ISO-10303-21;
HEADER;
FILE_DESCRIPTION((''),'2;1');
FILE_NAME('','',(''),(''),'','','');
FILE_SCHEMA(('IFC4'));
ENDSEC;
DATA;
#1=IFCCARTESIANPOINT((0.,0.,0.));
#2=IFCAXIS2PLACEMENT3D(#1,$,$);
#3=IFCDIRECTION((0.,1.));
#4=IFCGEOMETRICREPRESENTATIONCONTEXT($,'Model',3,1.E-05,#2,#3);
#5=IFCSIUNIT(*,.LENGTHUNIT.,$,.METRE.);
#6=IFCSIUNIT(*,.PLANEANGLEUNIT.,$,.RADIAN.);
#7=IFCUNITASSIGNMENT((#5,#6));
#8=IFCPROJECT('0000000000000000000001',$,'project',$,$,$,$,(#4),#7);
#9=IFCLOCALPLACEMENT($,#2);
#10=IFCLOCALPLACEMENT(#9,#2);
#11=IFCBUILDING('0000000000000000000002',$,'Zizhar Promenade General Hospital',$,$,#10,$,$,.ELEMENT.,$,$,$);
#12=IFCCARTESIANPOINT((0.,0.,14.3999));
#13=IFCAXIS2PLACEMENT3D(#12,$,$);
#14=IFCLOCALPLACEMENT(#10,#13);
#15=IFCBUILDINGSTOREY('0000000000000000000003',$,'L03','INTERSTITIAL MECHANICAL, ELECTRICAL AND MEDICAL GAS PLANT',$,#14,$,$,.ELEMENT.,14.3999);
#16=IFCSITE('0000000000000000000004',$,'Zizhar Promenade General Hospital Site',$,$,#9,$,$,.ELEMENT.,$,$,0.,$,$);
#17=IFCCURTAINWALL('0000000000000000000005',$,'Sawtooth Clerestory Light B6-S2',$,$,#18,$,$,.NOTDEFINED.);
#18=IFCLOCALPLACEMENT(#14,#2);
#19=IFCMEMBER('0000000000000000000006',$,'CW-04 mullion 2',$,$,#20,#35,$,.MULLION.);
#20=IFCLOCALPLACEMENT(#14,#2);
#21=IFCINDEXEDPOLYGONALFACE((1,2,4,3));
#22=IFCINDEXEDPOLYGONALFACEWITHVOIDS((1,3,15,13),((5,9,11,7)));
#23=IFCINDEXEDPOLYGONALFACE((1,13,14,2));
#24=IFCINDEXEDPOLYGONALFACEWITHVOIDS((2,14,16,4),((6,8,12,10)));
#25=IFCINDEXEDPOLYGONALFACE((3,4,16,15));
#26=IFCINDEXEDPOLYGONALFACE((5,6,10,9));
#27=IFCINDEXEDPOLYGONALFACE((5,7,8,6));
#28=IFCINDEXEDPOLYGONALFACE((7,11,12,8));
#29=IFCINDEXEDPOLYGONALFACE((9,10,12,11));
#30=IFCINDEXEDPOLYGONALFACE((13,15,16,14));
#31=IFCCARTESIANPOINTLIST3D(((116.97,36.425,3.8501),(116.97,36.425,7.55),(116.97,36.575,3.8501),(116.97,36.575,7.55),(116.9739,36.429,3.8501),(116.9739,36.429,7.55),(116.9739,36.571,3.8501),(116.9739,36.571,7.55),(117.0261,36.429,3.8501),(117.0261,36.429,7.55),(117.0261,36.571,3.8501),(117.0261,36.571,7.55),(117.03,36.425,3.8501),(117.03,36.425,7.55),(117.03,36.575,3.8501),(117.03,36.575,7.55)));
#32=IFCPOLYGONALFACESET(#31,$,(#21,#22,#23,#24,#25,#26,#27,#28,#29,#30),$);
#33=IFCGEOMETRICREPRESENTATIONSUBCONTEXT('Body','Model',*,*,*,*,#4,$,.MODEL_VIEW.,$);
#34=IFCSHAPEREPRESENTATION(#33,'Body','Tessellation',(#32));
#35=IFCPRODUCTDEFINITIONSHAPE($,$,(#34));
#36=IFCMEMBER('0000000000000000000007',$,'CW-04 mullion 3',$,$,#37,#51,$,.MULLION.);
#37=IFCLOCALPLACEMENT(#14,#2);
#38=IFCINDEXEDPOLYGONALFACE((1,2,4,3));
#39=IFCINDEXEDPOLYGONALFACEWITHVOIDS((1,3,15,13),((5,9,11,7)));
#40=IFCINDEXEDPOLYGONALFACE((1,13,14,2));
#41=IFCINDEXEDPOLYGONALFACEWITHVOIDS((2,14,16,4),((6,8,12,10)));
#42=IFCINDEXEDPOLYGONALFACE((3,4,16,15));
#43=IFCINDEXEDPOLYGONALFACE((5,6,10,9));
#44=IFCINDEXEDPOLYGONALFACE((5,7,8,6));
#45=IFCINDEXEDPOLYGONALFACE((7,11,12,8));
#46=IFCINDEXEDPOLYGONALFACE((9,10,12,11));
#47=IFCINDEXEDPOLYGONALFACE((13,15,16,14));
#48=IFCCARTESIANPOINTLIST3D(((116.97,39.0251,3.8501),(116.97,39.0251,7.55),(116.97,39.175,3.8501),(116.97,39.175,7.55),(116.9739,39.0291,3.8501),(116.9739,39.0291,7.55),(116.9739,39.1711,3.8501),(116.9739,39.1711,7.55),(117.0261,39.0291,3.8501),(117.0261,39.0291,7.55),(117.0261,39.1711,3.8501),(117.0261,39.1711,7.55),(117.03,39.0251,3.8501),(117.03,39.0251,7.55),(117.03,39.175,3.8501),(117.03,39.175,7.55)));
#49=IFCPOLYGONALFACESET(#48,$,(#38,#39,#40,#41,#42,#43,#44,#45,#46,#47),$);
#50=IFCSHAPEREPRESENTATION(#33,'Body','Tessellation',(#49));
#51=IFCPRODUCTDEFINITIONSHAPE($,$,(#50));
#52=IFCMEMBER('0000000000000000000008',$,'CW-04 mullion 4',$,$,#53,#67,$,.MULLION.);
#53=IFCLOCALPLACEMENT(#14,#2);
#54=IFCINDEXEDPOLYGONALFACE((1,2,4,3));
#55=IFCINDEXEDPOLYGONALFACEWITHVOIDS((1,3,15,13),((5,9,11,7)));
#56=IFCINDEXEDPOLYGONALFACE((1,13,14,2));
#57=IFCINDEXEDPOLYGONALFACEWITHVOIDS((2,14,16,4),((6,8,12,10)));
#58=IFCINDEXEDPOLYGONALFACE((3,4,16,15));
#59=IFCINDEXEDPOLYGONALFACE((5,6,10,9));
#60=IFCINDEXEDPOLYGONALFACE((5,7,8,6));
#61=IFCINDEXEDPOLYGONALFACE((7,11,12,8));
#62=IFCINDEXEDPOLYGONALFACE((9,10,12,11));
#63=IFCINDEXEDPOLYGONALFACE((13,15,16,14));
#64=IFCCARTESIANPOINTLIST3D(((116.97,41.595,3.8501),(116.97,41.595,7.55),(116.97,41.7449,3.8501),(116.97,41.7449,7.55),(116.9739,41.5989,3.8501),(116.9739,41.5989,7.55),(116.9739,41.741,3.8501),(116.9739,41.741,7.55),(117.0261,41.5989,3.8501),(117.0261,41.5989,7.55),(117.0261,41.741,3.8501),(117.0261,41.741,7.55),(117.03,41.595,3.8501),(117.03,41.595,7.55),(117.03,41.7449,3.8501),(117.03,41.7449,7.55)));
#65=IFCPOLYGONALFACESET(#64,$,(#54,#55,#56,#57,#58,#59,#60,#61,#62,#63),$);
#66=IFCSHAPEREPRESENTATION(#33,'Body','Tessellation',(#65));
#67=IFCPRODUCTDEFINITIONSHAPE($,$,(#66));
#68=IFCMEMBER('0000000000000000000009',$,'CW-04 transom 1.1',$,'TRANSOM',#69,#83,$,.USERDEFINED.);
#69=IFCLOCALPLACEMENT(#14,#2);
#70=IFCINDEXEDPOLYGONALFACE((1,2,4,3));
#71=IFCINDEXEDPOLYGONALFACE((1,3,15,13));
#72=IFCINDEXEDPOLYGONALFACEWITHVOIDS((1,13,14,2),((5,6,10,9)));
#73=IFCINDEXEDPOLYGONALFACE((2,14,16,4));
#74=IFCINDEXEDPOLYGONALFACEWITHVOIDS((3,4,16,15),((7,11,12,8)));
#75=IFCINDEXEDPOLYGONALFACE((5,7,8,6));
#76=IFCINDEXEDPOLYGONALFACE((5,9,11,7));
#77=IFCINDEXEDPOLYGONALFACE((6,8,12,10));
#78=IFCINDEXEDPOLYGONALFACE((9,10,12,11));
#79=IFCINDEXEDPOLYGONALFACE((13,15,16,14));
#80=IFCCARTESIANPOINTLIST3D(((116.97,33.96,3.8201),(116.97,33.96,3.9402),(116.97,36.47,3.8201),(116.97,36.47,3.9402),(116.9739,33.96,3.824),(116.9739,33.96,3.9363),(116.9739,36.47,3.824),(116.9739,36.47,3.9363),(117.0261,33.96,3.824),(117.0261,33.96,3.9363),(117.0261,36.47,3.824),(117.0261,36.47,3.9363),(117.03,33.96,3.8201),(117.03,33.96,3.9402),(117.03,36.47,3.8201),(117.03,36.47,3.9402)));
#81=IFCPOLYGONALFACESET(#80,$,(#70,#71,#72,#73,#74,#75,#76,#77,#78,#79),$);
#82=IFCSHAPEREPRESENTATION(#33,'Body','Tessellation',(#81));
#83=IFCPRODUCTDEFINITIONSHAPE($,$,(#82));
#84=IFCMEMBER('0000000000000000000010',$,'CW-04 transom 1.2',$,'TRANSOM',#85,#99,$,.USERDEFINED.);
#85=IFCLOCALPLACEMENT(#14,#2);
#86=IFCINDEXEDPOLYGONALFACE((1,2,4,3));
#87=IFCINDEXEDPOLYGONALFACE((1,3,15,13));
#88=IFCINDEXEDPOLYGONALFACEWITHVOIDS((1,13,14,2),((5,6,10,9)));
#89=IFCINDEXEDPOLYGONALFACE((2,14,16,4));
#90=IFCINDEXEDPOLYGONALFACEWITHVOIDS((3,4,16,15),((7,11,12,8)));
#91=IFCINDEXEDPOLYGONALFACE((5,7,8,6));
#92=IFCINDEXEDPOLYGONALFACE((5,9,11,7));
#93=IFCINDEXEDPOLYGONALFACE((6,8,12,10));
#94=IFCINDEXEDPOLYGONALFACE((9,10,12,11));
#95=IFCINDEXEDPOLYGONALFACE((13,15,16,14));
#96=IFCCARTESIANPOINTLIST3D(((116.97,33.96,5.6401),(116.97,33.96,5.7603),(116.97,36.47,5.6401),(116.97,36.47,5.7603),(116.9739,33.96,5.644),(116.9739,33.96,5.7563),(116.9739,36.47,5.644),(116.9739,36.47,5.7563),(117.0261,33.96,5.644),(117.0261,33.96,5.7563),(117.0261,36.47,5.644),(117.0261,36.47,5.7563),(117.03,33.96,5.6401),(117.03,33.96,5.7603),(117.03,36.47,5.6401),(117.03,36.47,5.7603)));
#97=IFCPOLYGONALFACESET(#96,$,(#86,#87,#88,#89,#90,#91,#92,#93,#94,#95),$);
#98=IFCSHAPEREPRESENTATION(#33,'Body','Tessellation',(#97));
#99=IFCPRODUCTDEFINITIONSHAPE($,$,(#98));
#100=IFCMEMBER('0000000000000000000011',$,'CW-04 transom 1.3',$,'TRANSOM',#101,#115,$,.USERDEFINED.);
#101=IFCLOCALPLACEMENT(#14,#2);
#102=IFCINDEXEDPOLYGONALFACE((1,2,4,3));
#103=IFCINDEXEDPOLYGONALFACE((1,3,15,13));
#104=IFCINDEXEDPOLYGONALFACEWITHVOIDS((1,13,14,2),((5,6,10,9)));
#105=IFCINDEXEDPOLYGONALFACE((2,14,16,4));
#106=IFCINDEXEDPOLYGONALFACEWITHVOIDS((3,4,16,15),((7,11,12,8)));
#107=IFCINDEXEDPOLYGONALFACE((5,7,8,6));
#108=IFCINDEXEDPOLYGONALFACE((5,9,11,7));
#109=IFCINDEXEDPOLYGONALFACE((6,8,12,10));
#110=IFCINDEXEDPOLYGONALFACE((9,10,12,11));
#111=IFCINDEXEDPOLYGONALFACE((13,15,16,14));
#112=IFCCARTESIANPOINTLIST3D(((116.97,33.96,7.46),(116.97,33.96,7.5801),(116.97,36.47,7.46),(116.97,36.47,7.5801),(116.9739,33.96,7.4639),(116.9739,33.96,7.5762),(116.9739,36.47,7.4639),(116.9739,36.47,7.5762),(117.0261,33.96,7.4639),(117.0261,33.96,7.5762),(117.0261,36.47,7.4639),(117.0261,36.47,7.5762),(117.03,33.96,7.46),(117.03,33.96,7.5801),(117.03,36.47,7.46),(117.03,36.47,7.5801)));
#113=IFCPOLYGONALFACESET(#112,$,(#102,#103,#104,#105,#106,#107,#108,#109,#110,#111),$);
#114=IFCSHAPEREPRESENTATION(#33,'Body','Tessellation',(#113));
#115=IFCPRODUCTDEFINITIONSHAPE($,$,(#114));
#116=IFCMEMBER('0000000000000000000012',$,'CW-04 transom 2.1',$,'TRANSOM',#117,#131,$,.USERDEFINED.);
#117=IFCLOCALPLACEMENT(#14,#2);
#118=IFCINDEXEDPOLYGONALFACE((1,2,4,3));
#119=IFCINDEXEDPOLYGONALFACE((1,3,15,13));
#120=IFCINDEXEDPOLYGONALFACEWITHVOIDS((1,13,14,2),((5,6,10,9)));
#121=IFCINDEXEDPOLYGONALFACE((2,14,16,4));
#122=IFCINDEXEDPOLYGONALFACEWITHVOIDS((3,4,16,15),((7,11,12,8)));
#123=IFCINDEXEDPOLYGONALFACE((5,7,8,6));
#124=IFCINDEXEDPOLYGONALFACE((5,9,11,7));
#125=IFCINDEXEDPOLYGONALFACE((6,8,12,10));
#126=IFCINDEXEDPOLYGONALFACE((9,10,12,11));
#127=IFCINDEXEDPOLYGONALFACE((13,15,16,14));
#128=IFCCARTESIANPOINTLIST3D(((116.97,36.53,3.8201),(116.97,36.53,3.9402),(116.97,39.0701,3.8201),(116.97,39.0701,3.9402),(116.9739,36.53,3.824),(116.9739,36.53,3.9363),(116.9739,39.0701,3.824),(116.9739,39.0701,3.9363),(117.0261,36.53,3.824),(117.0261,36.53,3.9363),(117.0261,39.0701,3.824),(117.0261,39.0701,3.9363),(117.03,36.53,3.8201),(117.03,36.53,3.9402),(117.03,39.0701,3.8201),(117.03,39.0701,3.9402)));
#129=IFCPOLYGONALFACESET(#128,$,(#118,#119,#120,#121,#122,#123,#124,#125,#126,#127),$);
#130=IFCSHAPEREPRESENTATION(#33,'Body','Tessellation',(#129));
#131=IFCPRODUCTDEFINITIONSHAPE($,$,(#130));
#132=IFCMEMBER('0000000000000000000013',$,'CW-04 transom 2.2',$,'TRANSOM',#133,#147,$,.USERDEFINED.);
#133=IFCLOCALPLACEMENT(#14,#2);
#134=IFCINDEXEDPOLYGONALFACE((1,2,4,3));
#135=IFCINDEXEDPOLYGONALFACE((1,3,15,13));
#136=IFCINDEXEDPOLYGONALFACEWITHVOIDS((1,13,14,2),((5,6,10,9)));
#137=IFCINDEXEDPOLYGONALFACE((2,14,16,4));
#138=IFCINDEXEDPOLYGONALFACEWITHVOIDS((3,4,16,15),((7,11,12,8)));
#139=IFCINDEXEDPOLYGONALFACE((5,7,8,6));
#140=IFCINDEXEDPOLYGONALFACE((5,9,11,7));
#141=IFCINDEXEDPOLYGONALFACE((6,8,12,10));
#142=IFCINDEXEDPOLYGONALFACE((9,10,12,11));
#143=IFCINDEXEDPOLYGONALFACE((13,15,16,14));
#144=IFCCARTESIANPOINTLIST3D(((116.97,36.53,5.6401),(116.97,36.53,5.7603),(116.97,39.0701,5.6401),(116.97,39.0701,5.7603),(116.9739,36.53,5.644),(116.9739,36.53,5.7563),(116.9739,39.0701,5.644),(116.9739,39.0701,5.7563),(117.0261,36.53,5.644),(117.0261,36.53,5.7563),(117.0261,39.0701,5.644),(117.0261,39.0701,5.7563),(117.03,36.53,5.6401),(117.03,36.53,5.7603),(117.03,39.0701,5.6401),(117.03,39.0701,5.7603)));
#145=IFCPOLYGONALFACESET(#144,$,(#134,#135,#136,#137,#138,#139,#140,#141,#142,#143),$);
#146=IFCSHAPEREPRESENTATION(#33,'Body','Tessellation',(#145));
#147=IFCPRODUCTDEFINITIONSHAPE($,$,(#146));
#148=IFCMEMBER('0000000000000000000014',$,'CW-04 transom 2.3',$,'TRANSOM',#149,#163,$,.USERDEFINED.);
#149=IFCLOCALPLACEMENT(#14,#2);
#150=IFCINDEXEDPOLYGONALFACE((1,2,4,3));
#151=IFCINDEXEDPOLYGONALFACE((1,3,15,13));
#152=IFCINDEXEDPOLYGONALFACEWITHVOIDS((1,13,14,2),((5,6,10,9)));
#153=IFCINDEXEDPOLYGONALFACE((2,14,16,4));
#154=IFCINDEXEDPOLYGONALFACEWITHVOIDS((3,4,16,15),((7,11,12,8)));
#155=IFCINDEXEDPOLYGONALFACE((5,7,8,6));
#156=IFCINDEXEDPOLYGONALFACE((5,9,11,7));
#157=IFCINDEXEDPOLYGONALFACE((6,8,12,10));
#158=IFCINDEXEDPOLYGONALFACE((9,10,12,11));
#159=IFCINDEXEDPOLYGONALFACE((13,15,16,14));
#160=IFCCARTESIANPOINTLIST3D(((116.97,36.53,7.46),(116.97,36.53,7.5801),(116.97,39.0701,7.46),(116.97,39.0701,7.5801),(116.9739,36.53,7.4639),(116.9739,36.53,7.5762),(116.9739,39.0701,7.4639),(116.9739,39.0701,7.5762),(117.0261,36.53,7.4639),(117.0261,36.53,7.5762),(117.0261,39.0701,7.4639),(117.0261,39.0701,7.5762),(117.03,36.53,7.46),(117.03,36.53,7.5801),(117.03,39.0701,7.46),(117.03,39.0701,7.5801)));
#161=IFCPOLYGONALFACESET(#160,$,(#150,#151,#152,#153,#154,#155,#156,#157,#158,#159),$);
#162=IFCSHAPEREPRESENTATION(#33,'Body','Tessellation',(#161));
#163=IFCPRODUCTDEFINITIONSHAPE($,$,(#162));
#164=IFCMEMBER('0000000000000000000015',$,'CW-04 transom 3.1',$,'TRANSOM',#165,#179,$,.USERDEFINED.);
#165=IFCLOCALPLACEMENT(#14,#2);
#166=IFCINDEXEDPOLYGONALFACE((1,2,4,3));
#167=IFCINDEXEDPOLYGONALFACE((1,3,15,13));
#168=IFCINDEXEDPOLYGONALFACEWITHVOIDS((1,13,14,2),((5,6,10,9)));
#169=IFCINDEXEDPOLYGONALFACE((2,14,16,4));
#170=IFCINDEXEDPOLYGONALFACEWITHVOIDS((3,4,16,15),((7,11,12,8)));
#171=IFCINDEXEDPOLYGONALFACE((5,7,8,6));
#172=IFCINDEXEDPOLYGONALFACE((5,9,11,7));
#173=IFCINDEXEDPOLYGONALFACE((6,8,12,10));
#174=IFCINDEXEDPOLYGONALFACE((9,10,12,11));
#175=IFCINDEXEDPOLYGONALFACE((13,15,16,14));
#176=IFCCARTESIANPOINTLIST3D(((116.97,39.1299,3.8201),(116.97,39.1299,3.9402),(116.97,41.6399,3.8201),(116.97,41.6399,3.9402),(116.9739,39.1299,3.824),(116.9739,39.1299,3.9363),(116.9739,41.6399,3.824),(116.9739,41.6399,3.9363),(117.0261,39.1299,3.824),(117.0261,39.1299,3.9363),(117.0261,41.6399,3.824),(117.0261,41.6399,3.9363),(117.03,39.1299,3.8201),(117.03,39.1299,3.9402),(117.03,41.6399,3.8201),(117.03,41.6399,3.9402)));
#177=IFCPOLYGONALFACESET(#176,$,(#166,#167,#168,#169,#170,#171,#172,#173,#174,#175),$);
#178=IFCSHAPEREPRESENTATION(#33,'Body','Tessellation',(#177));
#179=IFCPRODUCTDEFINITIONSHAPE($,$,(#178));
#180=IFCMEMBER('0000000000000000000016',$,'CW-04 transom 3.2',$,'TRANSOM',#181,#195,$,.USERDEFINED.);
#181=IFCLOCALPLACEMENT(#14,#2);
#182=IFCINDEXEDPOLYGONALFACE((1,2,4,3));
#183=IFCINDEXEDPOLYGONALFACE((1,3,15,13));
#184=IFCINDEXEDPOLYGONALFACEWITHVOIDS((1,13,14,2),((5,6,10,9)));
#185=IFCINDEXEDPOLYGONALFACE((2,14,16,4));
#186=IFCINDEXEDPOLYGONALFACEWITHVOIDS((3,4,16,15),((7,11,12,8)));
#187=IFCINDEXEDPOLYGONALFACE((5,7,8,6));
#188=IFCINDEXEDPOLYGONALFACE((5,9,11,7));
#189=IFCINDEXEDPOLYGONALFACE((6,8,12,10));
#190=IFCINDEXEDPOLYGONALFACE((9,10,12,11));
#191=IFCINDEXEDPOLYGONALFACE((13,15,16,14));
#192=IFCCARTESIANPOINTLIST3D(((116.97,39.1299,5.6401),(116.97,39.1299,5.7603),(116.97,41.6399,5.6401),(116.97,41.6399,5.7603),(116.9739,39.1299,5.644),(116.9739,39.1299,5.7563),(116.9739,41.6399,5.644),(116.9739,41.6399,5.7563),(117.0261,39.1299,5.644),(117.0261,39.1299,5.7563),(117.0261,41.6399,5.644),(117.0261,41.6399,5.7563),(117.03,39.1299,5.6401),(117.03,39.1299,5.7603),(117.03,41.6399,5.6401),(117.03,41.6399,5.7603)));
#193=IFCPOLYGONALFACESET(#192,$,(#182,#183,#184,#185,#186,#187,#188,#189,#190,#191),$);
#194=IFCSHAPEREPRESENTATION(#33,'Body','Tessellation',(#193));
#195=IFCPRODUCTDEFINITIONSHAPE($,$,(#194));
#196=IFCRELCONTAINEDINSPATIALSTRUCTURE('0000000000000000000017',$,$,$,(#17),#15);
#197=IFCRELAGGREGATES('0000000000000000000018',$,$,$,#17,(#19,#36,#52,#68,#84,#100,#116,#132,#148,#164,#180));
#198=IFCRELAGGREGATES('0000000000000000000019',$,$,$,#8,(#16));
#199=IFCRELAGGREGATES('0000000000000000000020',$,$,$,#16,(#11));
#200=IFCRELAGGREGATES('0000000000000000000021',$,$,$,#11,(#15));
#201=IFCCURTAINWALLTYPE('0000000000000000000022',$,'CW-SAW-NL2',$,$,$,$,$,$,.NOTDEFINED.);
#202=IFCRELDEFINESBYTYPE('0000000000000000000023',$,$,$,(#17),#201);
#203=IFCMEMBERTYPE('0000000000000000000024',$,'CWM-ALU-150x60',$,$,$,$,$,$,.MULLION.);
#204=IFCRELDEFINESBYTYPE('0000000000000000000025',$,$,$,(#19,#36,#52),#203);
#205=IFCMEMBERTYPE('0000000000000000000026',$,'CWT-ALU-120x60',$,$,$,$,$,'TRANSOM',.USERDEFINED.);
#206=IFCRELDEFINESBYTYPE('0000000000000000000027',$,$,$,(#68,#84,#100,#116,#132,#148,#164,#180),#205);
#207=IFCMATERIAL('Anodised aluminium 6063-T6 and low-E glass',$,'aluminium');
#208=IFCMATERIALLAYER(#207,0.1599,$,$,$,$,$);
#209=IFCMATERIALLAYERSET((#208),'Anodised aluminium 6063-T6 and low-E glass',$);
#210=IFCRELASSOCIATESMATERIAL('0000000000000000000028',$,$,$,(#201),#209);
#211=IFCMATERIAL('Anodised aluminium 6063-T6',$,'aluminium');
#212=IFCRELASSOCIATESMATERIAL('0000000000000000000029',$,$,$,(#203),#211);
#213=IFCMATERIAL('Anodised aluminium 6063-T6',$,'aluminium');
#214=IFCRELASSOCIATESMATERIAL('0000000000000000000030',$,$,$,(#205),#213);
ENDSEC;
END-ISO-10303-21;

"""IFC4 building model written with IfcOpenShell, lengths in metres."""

from ifc_helpers import new_model, si_unit, direction, frame, origin, origin_2d, place, context, subcontext, project, spatial, hollow_rectangle, extrude, material, layer, layer_set, material_profile, profile_set, type_object, element, aggregate, save


model = new_model("IFC4")

# Units and contexts
model_context = context("Model", 3, precision=1e-05, world=origin(), true_north=direction((0.0, 1.0)))
body_context = subcontext(model_context, "Body", "Model", "MODEL_VIEW")
ifc_project = project(units=[si_unit("LENGTHUNIT", "METRE"), si_unit("PLANEANGLEUNIT", "RADIAN")], contexts=[model_context])

# Site, building, storey
site_placement = place(None, origin())
site = spatial("IfcSite", under=ifc_project, at=site_placement, Name="Zizhar Promenade General Hospital Site", CompositionType="ELEMENT", RefElevation=0.0)
building_placement = place(site_placement, origin())
building = spatial("IfcBuilding", under=site, at=building_placement, Name="Zizhar Promenade General Hospital", CompositionType="ELEMENT")
storey_placement = place(building_placement, frame((0.0, 0.0, 14.3999)))
storey = spatial("IfcBuildingStorey", under=building, at=storey_placement, Name="L03", Description="INTERSTITIAL MECHANICAL, ELECTRICAL AND MEDICAL GAS PLANT", CompositionType="ELEMENT", Elevation=14.3999)

# Curtain wall, members
ifc_material_1 = material(Name="Anodised aluminium 6063-T6 and low-E glass", Category="aluminium")
ifc_layer_1 = layer(ifc_material_1, 0.1599)
ifc_layer_set_1 = layer_set([ifc_layer_1], Name="Anodised aluminium 6063-T6 and low-E glass")
curtain_wall_type = type_object("IfcCurtainWallType", Name="CW-SAW-NL2", PredefinedType="NOTDEFINED", material=ifc_layer_set_1)
curtain_wall_placement = place(storey_placement, origin())
curtain_wall = element("IfcCurtainWall", 1, at=curtain_wall_placement, inside=storey, type_object=curtain_wall_type, Name="Sawtooth Clerestory Light B6-S2", PredefinedType="NOTDEFINED")
ifc_material_2 = material(Name="Anodised aluminium 6063-T6", Category="aluminium")
ifc_material_profile_1 = material_profile(ifc_material_2, hollow_rectangle(XDim=0.0601, YDim=0.1499, WallThickness=0.0039, at=origin_2d()))
ifc_profile_set_1 = profile_set([ifc_material_profile_1], Name="Anodised aluminium 6063-T6")
member_type_1 = type_object("IfcMemberType", Name="CWM-ALU-150x60", PredefinedType="MULLION", material=ifc_profile_set_1)
member_1_placement = place(storey_placement, frame((117.0, 36.5, 3.8501), z_axis=(0.0, 0.0, 1.0), x_axis=(-1.0, 0.0, 0.0)))
member_1 = element("IfcMember", 2, at=member_1_placement, type_object=member_type_1, Name="CW-04 mullion 2", PredefinedType="MULLION", context=body_context, shape_type="SweptSolid", body=[
    extrude(hollow_rectangle(XDim=0.0601, YDim=0.1499, WallThickness=0.0039, at=origin_2d()), origin(), (0.0, 0.0, 1.0), 3.7),
])
member_2_placement = place(storey_placement, frame((117.0, 39.1001, 3.8501), z_axis=(0.0, 0.0, 1.0), x_axis=(-1.0, 0.0, 0.0)))
member_2 = element("IfcMember", 3, at=member_2_placement, type_object=member_type_1, Name="CW-04 mullion 3", PredefinedType="MULLION", context=body_context, shape_type="SweptSolid", body=[
    extrude(hollow_rectangle(XDim=0.0601, YDim=0.1499, WallThickness=0.0039, at=origin_2d()), origin(), (0.0, 0.0, 1.0), 3.7),
])
member_3_placement = place(storey_placement, frame((117.0, 41.6699, 3.8501), z_axis=(0.0, 0.0, 1.0), x_axis=(-1.0, 0.0, 0.0)))
member_3 = element("IfcMember", 4, at=member_3_placement, type_object=member_type_1, Name="CW-04 mullion 4", PredefinedType="MULLION", context=body_context, shape_type="SweptSolid", body=[
    extrude(hollow_rectangle(XDim=0.0601, YDim=0.1499, WallThickness=0.0039, at=origin_2d()), origin(), (0.0, 0.0, 1.0), 3.7),
])
ifc_material_3 = material(Name="Anodised aluminium 6063-T6", Category="aluminium")
ifc_material_profile_2 = material_profile(ifc_material_3, hollow_rectangle(XDim=0.0601, YDim=0.1201, WallThickness=0.0039, at=origin_2d()))
ifc_profile_set_2 = profile_set([ifc_material_profile_2], Name="Anodised aluminium 6063-T6")
member_type_2 = type_object("IfcMemberType", Name="CWT-ALU-120x60", ElementType="TRANSOM", PredefinedType="USERDEFINED", material=ifc_profile_set_2)
member_4_placement = place(storey_placement, frame((117.0, 33.96, 3.8801), z_axis=(0.0, 1.0, 0.0), x_axis=(-1.0, 0.0, 0.0)))
member_4 = element("IfcMember", 5, at=member_4_placement, type_object=member_type_2, Name="CW-04 transom 1.1", ObjectType="TRANSOM", PredefinedType="USERDEFINED", context=body_context, shape_type="SweptSolid", body=[
    extrude(hollow_rectangle(XDim=0.0601, YDim=0.1201, WallThickness=0.0039, at=origin_2d()), origin(), (0.0, 0.0, 1.0), 2.51),
])
member_5_placement = place(storey_placement, frame((117.0, 33.96, 5.7002), z_axis=(0.0, 1.0, 0.0), x_axis=(-1.0, 0.0, 0.0)))
member_5 = element("IfcMember", 6, at=member_5_placement, type_object=member_type_2, Name="CW-04 transom 1.2", ObjectType="TRANSOM", PredefinedType="USERDEFINED", context=body_context, shape_type="SweptSolid", body=[
    extrude(hollow_rectangle(XDim=0.0601, YDim=0.1201, WallThickness=0.0039, at=origin_2d()), origin(), (0.0, 0.0, 1.0), 2.51),
])
member_6_placement = place(storey_placement, frame((117.0, 33.96, 7.52), z_axis=(0.0, 1.0, 0.0), x_axis=(-1.0, 0.0, 0.0)))
member_6 = element("IfcMember", 7, at=member_6_placement, type_object=member_type_2, Name="CW-04 transom 1.3", ObjectType="TRANSOM", PredefinedType="USERDEFINED", context=body_context, shape_type="SweptSolid", body=[
    extrude(hollow_rectangle(XDim=0.0601, YDim=0.1201, WallThickness=0.0039, at=origin_2d()), origin(), (0.0, 0.0, 1.0), 2.51),
])
member_7_placement = place(storey_placement, frame((117.0, 36.53, 3.8801), z_axis=(0.0, 1.0, 0.0), x_axis=(-1.0, 0.0, 0.0)))
member_7 = element("IfcMember", 8, at=member_7_placement, type_object=member_type_2, Name="CW-04 transom 2.1", ObjectType="TRANSOM", PredefinedType="USERDEFINED", context=body_context, shape_type="SweptSolid", body=[
    extrude(hollow_rectangle(XDim=0.0601, YDim=0.1201, WallThickness=0.0039, at=origin_2d()), origin(), (0.0, 0.0, 1.0), 2.54),
])
member_8_placement = place(storey_placement, frame((117.0, 36.53, 5.7002), z_axis=(0.0, 1.0, 0.0), x_axis=(-1.0, 0.0, 0.0)))
member_8 = element("IfcMember", 9, at=member_8_placement, type_object=member_type_2, Name="CW-04 transom 2.2", ObjectType="TRANSOM", PredefinedType="USERDEFINED", context=body_context, shape_type="SweptSolid", body=[
    extrude(hollow_rectangle(XDim=0.0601, YDim=0.1201, WallThickness=0.0039, at=origin_2d()), origin(), (0.0, 0.0, 1.0), 2.54),
])
member_9_placement = place(storey_placement, frame((117.0, 36.53, 7.52), z_axis=(0.0, 1.0, 0.0), x_axis=(-1.0, 0.0, 0.0)))
member_9 = element("IfcMember", 10, at=member_9_placement, type_object=member_type_2, Name="CW-04 transom 2.3", ObjectType="TRANSOM", PredefinedType="USERDEFINED", context=body_context, shape_type="SweptSolid", body=[
    extrude(hollow_rectangle(XDim=0.0601, YDim=0.1201, WallThickness=0.0039, at=origin_2d()), origin(), (0.0, 0.0, 1.0), 2.54),
])
member_10_placement = place(storey_placement, frame((117.0, 39.1299, 3.8801), z_axis=(0.0, 1.0, 0.0), x_axis=(-1.0, 0.0, 0.0)))
member_10 = element("IfcMember", 11, at=member_10_placement, type_object=member_type_2, Name="CW-04 transom 3.1", ObjectType="TRANSOM", PredefinedType="USERDEFINED", context=body_context, shape_type="SweptSolid", body=[
    extrude(hollow_rectangle(XDim=0.0601, YDim=0.1201, WallThickness=0.0039, at=origin_2d()), origin(), (0.0, 0.0, 1.0), 2.51),
])
member_11_placement = place(storey_placement, frame((117.0, 39.1299, 5.7002), z_axis=(0.0, 1.0, 0.0), x_axis=(-1.0, 0.0, 0.0)))
member_11 = element("IfcMember", 12, at=member_11_placement, type_object=member_type_2, Name="CW-04 transom 3.2", ObjectType="TRANSOM", PredefinedType="USERDEFINED", context=body_context, shape_type="SweptSolid", body=[
    extrude(hollow_rectangle(XDim=0.0601, YDim=0.1201, WallThickness=0.0039, at=origin_2d()), origin(), (0.0, 0.0, 1.0), 2.51),
])

aggregate(curtain_wall, [member_1, member_2, member_3, member_4, member_5, member_6, member_7, member_8, member_9, member_10, member_11])

save(model, "model.ifc")
